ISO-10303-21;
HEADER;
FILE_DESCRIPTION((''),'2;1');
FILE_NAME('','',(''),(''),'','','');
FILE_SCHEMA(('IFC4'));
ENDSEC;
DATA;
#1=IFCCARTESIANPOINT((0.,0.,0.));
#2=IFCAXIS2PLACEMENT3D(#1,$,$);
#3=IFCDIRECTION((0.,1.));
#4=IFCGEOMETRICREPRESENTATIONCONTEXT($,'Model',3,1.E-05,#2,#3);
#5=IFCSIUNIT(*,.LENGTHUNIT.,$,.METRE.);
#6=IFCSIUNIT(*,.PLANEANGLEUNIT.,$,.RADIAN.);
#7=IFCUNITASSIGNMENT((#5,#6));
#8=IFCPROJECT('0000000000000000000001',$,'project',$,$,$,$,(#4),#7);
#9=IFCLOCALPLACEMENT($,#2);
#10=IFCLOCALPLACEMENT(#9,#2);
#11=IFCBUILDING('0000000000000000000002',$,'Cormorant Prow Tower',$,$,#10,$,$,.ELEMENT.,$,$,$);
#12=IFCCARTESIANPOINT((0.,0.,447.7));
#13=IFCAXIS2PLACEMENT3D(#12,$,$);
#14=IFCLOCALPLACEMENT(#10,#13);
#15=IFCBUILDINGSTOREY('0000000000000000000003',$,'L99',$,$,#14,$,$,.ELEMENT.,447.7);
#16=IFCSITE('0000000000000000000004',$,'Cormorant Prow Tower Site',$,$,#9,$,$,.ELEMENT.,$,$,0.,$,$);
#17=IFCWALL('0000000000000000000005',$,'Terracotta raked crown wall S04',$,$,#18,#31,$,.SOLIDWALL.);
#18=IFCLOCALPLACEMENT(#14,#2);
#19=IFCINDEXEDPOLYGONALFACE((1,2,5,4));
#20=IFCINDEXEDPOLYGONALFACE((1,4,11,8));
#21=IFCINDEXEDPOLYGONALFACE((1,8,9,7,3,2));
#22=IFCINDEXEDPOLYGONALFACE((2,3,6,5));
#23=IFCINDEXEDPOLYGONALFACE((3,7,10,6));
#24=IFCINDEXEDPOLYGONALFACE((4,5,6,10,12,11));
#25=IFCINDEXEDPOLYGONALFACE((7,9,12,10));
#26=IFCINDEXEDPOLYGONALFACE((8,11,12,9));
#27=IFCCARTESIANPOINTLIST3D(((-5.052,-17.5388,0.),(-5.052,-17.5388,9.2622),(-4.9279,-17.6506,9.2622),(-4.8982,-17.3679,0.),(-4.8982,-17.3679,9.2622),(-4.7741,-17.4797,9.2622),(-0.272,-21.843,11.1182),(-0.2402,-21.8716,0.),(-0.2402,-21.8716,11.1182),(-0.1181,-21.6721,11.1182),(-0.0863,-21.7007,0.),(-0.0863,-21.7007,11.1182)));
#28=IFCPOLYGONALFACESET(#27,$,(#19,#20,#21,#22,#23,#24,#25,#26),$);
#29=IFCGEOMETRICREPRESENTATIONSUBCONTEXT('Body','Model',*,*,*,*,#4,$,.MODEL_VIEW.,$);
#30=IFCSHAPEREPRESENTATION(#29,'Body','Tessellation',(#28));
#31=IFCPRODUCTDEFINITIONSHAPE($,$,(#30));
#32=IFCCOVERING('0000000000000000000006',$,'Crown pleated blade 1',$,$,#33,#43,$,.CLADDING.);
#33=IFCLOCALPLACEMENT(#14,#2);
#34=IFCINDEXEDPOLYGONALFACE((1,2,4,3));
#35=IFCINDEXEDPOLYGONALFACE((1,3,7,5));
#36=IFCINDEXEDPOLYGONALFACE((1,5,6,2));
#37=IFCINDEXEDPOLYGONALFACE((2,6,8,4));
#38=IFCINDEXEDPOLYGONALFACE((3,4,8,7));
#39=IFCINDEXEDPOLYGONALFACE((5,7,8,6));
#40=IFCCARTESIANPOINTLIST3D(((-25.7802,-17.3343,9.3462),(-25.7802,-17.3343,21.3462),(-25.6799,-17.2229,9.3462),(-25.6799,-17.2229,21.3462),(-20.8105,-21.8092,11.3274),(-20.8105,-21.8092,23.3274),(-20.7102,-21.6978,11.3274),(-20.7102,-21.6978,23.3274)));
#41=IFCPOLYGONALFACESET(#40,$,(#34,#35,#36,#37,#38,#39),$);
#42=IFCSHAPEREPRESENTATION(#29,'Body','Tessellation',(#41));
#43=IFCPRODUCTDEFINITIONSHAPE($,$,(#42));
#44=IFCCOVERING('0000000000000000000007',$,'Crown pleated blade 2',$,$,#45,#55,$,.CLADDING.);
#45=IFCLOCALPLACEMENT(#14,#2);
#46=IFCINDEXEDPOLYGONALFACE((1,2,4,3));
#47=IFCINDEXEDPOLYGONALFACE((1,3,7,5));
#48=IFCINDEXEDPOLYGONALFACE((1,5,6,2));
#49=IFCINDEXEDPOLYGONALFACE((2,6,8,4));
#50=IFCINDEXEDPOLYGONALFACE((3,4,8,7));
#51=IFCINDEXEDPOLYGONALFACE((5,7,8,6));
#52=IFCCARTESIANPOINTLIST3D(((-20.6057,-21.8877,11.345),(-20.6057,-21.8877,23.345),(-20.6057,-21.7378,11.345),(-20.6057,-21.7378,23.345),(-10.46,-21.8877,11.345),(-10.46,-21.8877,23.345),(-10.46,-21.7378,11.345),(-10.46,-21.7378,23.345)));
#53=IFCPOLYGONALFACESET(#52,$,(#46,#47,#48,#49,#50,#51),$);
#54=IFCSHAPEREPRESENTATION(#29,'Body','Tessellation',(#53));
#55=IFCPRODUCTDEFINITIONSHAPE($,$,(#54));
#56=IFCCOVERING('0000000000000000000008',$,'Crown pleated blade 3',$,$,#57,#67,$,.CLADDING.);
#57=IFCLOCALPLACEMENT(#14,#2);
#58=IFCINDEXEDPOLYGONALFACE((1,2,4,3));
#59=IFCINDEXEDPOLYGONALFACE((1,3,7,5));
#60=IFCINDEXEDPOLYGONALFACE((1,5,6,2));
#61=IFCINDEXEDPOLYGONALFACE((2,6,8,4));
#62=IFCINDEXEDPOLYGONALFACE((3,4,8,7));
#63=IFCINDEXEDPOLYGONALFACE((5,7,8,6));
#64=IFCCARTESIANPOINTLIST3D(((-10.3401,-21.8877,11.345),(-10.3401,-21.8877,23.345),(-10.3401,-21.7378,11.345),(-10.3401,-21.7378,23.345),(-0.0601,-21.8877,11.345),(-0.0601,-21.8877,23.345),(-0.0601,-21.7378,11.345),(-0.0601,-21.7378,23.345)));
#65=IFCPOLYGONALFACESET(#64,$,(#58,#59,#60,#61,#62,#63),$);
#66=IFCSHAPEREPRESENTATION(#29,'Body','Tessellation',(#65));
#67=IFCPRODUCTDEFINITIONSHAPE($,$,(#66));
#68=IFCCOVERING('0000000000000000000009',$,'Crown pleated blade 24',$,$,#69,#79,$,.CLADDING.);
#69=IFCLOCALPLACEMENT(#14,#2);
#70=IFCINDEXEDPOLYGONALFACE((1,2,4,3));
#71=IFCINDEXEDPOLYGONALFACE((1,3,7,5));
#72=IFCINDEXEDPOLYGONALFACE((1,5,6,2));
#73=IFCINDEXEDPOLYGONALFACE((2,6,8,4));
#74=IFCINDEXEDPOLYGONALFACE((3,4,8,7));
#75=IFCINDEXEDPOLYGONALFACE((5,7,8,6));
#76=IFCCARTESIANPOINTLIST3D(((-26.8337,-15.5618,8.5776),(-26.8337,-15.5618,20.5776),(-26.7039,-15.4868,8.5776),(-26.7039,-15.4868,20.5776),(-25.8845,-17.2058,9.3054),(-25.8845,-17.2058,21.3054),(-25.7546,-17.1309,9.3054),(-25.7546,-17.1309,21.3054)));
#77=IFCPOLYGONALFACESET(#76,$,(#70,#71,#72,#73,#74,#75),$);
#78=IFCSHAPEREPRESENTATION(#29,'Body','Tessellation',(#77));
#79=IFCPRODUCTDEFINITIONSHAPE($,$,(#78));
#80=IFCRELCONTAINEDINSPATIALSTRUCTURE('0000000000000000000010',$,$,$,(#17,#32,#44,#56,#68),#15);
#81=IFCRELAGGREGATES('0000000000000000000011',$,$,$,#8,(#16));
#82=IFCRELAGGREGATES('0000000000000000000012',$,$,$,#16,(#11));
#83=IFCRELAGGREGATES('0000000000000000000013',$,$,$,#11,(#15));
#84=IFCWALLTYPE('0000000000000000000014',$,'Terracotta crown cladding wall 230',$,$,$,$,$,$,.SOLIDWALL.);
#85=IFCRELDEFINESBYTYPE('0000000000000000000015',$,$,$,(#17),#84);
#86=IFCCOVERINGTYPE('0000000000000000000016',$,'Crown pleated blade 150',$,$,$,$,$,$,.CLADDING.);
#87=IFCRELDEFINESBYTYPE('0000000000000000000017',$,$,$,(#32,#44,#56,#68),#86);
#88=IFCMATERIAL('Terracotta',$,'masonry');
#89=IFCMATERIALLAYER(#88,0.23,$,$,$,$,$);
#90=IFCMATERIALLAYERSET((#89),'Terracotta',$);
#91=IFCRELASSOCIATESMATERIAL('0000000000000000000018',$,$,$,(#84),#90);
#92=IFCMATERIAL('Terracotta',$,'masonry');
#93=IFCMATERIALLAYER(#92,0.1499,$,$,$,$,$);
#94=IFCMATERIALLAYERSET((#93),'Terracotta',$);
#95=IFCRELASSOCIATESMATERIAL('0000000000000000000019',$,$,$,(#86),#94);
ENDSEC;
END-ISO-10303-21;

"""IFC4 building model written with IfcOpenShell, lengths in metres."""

from ifc_helpers import new_model, si_unit, direction, frame, origin, place, context, subcontext, project, spatial, polyline, outline, extrude, material, layer, layer_set, type_object, element, save


model = new_model("IFC4")

# Units and contexts
model_context = context("Model", 3, precision=1e-05, world=origin(), true_north=direction((0.0, 1.0)))
body_context = subcontext(model_context, "Body", "Model", "MODEL_VIEW")
ifc_project = project(units=[si_unit("LENGTHUNIT", "METRE"), si_unit("PLANEANGLEUNIT", "RADIAN")], contexts=[model_context])

# Site, building, storey
site_placement = place(None, origin())
site = spatial("IfcSite", under=ifc_project, at=site_placement, Name="Cormorant Prow Tower Site", CompositionType="ELEMENT", RefElevation=0.0)
building_placement = place(site_placement, origin())
building = spatial("IfcBuilding", under=site, at=building_placement, Name="Cormorant Prow Tower", CompositionType="ELEMENT")
storey_placement = place(building_placement, frame((0.0, 0.0, 447.7)))
storey = spatial("IfcBuildingStorey", under=building, at=storey_placement, Name="L99", CompositionType="ELEMENT", Elevation=447.7)

# Wall
ifc_material_1 = material(Name="Terracotta", Category="masonry")
ifc_layer_1 = layer(ifc_material_1, 0.23)
ifc_layer_set_1 = layer_set([ifc_layer_1], Name="Terracotta")
wall_type = type_object("IfcWallType", Name="Terracotta crown cladding wall 230", PredefinedType="SOLIDWALL", material=ifc_layer_set_1)
wall_1_placement = place(storey_placement, frame((-4.9751, -17.4534, 0.0), z_axis=(0.0, 0.0, 1.0), x_axis=(0.743127, -0.66915, 0.0)))
element("IfcWall", 1, at=wall_1_placement, inside=storey, type_object=wall_type, Name="Terracotta raked crown wall S04", PredefinedType="SOLIDWALL", context=body_context, shape_type="SweptSolid", body=[
    extrude(outline(polyline([(0.0, 0.0), (6.4751, 0.0), (6.4751, 11.1182), (6.4324, 11.1182), (0.167, 9.2622), (0.0, 9.2622), (0.0, 0.0)])), frame((0.0, 0.115, 0.0), z_axis=(0.0, -1.0, 0.0), x_axis=(1.0, 0.0, 0.0)), (0.0, 0.0, 1.0), 0.23),
])

# Coverings
ifc_material_2 = material(Name="Terracotta", Category="masonry")
ifc_layer_2 = layer(ifc_material_2, 0.1499)
ifc_layer_set_2 = layer_set([ifc_layer_2], Name="Terracotta")
covering_type = type_object("IfcCoveringType", Name="Crown pleated blade 150", PredefinedType="CLADDING", material=ifc_layer_set_2)
covering_1_placement = place(storey_placement, frame((-20.7102, -21.6978, 11.3274), z_axis=(0.669138, 0.743138, 0.0), x_axis=(-0.712527, 0.641576, -0.284052)))
element("IfcCovering", 2, at=covering_1_placement, inside=storey, type_object=covering_type, Name="Crown pleated blade 1", PredefinedType="CLADDING", context=body_context, shape_type="SweptSolid", body=[
    extrude(outline(polyline([(0.0, 0.0), (6.9748, 0.0), (3.5662, 11.5057), (-3.4086, 11.5057), (0.0, 0.0)])), origin(), (0.0, 0.0, -1.0), 0.1499),
])
covering_2_placement = place(storey_placement, frame((-10.46, -21.7378, 11.345), z_axis=(0.0, 1.0, 0.0), x_axis=(-1.0, 0.0, 0.0)))
element("IfcCovering", 3, at=covering_2_placement, inside=storey, type_object=covering_type, Name="Crown pleated blade 2", PredefinedType="CLADDING", context=body_context, shape_type="SweptSolid", body=[
    extrude(outline(polyline([(0.0, 0.0), (10.1458, 0.0), (10.1458, 12.0), (0.0, 12.0), (0.0, 0.0)])), origin(), (0.0, 0.0, -1.0), 0.1499),
])
covering_3_placement = place(storey_placement, frame((-0.0601, -21.7378, 11.345), z_axis=(0.0, 1.0, 0.0), x_axis=(-1.0, 0.0, 0.0)))
element("IfcCovering", 4, at=covering_3_placement, inside=storey, type_object=covering_type, Name="Crown pleated blade 3", PredefinedType="CLADDING", context=body_context, shape_type="SweptSolid", body=[
    extrude(outline(polyline([(0.0, 0.0), (10.28, 0.0), (10.28, 12.0), (0.0, 12.0), (0.0, 0.0)])), origin(), (0.0, 0.0, -1.0), 0.1499),
])
covering_4_placement = place(storey_placement, frame((-25.7546, -17.1309, 9.3054), z_axis=(0.866019, 0.500012, 0.0), x_axis=(-0.466879, 0.808632, -0.357964)))
element("IfcCovering", 5, at=covering_4_placement, inside=storey, type_object=covering_type, Name="Crown pleated blade 24", PredefinedType="CLADDING", context=body_context, shape_type="SweptSolid", body=[
    extrude(outline(polyline([(0.0, 0.0), (2.0331, 0.0), (-2.2625, 11.2048), (-4.2956, 11.2048), (0.0, 0.0)])), origin(), (0.0, 0.0, -1.0), 0.1499),
])

save(model, "model.ifc")
